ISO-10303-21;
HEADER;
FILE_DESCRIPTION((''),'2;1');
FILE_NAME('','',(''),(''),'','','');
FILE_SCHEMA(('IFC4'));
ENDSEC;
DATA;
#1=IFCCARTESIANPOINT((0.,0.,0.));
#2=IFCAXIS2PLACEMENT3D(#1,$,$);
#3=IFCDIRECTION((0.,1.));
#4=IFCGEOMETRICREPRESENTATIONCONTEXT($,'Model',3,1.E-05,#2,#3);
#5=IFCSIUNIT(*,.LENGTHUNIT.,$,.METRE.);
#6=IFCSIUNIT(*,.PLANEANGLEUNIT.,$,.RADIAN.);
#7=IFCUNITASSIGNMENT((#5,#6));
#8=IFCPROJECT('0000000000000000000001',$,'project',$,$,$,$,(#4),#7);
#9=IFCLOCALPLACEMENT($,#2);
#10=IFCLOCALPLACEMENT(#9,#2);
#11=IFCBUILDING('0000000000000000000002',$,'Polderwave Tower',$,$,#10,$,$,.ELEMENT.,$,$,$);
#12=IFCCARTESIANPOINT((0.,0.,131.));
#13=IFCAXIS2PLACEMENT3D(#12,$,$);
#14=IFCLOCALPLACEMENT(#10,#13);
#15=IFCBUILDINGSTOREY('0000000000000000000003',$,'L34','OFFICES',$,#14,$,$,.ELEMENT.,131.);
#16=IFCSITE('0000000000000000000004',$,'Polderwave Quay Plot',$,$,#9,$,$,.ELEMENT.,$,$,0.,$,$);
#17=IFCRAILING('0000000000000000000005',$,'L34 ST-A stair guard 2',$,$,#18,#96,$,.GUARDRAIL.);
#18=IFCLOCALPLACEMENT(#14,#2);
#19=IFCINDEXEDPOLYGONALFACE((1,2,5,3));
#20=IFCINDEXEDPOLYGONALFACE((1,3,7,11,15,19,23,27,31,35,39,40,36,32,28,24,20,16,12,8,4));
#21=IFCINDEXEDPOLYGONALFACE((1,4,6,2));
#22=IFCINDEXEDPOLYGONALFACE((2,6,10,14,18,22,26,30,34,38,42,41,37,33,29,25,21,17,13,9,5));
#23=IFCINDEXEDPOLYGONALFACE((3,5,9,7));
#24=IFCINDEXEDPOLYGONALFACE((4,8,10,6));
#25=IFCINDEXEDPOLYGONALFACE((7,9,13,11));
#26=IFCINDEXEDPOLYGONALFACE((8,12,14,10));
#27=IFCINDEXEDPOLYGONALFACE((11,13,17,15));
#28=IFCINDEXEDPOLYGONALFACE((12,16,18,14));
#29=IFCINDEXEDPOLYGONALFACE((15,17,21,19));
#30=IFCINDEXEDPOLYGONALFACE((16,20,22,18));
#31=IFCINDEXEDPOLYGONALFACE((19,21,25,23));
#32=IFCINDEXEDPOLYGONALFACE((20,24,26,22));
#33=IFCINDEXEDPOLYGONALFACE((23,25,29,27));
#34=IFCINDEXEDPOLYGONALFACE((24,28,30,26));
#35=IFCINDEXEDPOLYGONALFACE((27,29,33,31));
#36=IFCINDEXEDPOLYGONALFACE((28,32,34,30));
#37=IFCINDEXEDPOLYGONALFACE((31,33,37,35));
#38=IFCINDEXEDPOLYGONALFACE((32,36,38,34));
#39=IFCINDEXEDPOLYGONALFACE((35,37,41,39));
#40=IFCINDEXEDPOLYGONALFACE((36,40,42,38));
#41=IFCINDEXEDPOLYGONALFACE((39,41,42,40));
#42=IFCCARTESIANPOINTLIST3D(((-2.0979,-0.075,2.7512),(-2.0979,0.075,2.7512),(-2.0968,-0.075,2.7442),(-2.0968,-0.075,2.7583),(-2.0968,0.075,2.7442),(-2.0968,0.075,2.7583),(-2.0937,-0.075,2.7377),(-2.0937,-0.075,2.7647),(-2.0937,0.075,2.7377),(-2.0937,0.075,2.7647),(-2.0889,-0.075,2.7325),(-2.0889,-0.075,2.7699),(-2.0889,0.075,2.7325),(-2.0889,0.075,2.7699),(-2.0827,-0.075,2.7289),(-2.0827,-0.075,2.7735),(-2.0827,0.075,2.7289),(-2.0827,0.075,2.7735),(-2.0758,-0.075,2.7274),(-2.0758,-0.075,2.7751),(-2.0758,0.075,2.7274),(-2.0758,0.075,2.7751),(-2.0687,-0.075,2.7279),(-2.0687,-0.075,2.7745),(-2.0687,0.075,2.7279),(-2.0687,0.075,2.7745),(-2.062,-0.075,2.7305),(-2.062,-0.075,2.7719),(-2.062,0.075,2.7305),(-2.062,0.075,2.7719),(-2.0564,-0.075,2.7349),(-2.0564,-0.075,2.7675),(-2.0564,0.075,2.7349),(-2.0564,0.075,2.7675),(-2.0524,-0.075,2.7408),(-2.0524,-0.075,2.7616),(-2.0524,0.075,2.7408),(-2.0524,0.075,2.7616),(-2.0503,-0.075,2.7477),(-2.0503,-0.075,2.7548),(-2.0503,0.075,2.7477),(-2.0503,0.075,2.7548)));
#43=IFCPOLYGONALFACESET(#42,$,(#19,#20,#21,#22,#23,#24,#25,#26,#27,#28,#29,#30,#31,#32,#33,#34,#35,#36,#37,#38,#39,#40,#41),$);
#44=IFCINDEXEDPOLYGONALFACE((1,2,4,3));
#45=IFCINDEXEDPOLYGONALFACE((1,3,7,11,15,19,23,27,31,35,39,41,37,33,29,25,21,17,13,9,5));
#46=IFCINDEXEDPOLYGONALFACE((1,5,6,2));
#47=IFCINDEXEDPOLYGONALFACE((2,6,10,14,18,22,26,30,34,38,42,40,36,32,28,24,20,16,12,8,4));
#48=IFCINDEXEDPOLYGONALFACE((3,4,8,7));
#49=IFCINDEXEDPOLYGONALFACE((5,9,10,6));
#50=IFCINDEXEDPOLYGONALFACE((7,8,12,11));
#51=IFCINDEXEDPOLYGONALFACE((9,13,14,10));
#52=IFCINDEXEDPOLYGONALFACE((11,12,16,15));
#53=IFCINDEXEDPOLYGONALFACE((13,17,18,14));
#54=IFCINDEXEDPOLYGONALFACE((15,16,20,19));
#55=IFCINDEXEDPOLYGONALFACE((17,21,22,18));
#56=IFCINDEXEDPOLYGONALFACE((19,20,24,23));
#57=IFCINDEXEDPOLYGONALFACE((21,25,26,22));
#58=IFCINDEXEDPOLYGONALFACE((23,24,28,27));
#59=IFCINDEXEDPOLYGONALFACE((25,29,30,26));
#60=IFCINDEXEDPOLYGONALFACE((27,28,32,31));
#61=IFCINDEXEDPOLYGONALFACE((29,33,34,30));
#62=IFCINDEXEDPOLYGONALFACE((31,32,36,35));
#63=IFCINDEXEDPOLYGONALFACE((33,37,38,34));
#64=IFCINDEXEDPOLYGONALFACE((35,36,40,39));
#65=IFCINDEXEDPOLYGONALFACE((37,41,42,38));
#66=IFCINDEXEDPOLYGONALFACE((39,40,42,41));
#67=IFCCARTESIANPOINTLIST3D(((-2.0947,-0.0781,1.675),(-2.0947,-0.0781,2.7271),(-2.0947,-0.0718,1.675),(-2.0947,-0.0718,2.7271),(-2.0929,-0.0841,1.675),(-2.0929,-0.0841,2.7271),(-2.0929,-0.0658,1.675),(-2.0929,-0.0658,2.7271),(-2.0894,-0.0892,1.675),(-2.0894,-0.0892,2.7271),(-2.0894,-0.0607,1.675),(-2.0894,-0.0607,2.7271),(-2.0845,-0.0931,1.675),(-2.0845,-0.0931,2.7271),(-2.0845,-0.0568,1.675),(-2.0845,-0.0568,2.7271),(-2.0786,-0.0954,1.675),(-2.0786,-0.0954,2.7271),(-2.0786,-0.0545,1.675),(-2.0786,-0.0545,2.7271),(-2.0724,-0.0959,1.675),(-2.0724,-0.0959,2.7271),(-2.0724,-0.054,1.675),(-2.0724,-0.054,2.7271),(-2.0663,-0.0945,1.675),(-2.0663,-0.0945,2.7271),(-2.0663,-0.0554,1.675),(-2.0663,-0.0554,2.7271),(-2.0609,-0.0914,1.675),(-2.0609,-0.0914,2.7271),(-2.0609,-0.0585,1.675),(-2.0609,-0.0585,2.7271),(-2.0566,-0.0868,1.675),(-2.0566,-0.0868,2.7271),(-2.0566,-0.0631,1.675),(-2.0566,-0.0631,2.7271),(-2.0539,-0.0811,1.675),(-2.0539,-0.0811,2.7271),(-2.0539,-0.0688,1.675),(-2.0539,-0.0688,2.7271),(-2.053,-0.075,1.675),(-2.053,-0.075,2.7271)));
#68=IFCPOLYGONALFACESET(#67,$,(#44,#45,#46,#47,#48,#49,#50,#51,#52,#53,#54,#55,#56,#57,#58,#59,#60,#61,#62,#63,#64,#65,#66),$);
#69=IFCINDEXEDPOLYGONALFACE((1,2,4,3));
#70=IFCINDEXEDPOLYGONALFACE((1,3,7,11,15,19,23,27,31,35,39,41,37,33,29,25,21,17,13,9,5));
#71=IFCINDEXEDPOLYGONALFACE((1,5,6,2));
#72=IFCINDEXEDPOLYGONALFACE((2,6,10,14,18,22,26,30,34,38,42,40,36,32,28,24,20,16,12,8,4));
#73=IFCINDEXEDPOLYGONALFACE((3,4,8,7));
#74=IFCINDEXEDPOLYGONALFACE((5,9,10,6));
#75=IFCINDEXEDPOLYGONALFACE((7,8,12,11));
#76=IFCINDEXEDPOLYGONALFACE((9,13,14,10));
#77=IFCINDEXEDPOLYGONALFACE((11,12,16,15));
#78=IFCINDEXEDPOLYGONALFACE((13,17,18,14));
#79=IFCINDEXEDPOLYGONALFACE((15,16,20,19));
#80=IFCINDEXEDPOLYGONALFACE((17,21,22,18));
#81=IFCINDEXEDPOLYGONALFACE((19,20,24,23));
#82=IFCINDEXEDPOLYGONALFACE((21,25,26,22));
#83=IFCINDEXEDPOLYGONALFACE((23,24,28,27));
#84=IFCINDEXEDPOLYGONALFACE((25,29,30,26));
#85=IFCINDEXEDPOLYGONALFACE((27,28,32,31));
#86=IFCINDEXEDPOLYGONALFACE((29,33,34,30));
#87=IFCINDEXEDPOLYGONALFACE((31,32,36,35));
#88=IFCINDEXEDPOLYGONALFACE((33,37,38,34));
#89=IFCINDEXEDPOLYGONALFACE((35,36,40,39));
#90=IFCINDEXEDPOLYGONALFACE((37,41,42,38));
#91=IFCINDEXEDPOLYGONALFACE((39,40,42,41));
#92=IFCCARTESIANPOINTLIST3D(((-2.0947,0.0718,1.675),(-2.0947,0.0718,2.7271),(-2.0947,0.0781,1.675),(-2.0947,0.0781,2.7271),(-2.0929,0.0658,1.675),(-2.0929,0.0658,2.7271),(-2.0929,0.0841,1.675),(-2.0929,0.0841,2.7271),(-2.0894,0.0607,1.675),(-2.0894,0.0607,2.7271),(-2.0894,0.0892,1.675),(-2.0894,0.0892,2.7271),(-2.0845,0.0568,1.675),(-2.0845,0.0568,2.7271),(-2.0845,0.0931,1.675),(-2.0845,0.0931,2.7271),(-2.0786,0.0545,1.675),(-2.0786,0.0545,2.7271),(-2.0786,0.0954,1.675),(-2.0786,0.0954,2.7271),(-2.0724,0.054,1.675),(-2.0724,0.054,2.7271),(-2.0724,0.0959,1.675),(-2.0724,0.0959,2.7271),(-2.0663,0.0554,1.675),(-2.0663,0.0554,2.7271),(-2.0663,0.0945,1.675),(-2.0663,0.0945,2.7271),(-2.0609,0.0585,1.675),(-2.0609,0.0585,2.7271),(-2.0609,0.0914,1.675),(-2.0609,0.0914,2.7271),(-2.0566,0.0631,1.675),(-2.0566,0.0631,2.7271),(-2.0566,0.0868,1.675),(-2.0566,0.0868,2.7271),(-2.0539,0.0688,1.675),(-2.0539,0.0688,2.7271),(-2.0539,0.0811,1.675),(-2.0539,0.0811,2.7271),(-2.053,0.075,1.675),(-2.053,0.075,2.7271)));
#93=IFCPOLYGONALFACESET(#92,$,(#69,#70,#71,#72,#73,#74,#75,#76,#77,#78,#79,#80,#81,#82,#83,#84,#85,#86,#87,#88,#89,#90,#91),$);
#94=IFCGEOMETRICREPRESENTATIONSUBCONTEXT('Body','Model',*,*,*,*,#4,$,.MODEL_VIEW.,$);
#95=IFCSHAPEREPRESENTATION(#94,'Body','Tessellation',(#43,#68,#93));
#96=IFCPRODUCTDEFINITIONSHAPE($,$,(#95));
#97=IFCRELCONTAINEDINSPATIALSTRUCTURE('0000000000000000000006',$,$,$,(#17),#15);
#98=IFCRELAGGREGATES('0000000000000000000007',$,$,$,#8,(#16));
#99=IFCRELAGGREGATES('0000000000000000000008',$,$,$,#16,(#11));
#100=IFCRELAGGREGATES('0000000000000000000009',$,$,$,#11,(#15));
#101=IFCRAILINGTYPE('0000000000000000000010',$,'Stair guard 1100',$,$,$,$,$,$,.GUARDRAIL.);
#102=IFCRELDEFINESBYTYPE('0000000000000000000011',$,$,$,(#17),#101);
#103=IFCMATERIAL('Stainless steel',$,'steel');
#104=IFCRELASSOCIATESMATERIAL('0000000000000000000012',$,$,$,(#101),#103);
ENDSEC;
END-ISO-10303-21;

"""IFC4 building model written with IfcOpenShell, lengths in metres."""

from ifc_helpers import new_model, si_unit, direction, frame, origin, origin_2d, place, context, subcontext, project, spatial, circle, extrude, material, type_object, element, save


model = new_model("IFC4")

# Units and contexts
model_context = context("Model", 3, precision=1e-05, world=origin(), true_north=direction((0.0, 1.0)))
body_context = subcontext(model_context, "Body", "Model", "MODEL_VIEW")
ifc_project = project(units=[si_unit("LENGTHUNIT", "METRE"), si_unit("PLANEANGLEUNIT", "RADIAN")], contexts=[model_context])

# Site, building, storey
site_placement = place(None, origin())
site = spatial("IfcSite", under=ifc_project, at=site_placement, Name="Polderwave Quay Plot", CompositionType="ELEMENT", RefElevation=0.0)
building_placement = place(site_placement, origin())
building = spatial("IfcBuilding", under=site, at=building_placement, Name="Polderwave Tower", CompositionType="ELEMENT")
storey_placement = place(building_placement, frame((0.0, 0.0, 131.0)))
storey = spatial("IfcBuildingStorey", under=building, at=storey_placement, Name="L34", Description="OFFICES", CompositionType="ELEMENT", Elevation=131.0)

# Railing
ifc_material_1 = material(Name="Stainless steel", Category="steel")
railing_type_1 = type_object("IfcRailingType", Name="Stair guard 1100", PredefinedType="GUARDRAIL", material=ifc_material_1)
railing_1_placement = place(storey_placement, frame((-2.074, -0.075, 1.675)))
element("IfcRailing", 1, at=railing_1_placement, inside=storey, type_object=railing_type_1, Name="L34 ST-A stair guard 2", PredefinedType="GUARDRAIL", context=body_context, shape_type="SweptSolid", body=[
    extrude(circle(Radius=0.0239, at=origin_2d()), frame((0.0, 0.0, 1.0762), z_axis=(0.0, 1.0, 0.0), x_axis=(-1.0, 0.0, 0.0)), (0.0, 0.0, 1.0), 0.1499),
    extrude(circle(Radius=0.021, at=origin_2d()), origin(), (0.0, 0.0, 1.0), 1.052),
    extrude(circle(Radius=0.021, at=origin_2d()), frame((0.0, 0.1499, 0.0)), (0.0, 0.0, 1.0), 1.052),
])

save(model, "model.ifc")
